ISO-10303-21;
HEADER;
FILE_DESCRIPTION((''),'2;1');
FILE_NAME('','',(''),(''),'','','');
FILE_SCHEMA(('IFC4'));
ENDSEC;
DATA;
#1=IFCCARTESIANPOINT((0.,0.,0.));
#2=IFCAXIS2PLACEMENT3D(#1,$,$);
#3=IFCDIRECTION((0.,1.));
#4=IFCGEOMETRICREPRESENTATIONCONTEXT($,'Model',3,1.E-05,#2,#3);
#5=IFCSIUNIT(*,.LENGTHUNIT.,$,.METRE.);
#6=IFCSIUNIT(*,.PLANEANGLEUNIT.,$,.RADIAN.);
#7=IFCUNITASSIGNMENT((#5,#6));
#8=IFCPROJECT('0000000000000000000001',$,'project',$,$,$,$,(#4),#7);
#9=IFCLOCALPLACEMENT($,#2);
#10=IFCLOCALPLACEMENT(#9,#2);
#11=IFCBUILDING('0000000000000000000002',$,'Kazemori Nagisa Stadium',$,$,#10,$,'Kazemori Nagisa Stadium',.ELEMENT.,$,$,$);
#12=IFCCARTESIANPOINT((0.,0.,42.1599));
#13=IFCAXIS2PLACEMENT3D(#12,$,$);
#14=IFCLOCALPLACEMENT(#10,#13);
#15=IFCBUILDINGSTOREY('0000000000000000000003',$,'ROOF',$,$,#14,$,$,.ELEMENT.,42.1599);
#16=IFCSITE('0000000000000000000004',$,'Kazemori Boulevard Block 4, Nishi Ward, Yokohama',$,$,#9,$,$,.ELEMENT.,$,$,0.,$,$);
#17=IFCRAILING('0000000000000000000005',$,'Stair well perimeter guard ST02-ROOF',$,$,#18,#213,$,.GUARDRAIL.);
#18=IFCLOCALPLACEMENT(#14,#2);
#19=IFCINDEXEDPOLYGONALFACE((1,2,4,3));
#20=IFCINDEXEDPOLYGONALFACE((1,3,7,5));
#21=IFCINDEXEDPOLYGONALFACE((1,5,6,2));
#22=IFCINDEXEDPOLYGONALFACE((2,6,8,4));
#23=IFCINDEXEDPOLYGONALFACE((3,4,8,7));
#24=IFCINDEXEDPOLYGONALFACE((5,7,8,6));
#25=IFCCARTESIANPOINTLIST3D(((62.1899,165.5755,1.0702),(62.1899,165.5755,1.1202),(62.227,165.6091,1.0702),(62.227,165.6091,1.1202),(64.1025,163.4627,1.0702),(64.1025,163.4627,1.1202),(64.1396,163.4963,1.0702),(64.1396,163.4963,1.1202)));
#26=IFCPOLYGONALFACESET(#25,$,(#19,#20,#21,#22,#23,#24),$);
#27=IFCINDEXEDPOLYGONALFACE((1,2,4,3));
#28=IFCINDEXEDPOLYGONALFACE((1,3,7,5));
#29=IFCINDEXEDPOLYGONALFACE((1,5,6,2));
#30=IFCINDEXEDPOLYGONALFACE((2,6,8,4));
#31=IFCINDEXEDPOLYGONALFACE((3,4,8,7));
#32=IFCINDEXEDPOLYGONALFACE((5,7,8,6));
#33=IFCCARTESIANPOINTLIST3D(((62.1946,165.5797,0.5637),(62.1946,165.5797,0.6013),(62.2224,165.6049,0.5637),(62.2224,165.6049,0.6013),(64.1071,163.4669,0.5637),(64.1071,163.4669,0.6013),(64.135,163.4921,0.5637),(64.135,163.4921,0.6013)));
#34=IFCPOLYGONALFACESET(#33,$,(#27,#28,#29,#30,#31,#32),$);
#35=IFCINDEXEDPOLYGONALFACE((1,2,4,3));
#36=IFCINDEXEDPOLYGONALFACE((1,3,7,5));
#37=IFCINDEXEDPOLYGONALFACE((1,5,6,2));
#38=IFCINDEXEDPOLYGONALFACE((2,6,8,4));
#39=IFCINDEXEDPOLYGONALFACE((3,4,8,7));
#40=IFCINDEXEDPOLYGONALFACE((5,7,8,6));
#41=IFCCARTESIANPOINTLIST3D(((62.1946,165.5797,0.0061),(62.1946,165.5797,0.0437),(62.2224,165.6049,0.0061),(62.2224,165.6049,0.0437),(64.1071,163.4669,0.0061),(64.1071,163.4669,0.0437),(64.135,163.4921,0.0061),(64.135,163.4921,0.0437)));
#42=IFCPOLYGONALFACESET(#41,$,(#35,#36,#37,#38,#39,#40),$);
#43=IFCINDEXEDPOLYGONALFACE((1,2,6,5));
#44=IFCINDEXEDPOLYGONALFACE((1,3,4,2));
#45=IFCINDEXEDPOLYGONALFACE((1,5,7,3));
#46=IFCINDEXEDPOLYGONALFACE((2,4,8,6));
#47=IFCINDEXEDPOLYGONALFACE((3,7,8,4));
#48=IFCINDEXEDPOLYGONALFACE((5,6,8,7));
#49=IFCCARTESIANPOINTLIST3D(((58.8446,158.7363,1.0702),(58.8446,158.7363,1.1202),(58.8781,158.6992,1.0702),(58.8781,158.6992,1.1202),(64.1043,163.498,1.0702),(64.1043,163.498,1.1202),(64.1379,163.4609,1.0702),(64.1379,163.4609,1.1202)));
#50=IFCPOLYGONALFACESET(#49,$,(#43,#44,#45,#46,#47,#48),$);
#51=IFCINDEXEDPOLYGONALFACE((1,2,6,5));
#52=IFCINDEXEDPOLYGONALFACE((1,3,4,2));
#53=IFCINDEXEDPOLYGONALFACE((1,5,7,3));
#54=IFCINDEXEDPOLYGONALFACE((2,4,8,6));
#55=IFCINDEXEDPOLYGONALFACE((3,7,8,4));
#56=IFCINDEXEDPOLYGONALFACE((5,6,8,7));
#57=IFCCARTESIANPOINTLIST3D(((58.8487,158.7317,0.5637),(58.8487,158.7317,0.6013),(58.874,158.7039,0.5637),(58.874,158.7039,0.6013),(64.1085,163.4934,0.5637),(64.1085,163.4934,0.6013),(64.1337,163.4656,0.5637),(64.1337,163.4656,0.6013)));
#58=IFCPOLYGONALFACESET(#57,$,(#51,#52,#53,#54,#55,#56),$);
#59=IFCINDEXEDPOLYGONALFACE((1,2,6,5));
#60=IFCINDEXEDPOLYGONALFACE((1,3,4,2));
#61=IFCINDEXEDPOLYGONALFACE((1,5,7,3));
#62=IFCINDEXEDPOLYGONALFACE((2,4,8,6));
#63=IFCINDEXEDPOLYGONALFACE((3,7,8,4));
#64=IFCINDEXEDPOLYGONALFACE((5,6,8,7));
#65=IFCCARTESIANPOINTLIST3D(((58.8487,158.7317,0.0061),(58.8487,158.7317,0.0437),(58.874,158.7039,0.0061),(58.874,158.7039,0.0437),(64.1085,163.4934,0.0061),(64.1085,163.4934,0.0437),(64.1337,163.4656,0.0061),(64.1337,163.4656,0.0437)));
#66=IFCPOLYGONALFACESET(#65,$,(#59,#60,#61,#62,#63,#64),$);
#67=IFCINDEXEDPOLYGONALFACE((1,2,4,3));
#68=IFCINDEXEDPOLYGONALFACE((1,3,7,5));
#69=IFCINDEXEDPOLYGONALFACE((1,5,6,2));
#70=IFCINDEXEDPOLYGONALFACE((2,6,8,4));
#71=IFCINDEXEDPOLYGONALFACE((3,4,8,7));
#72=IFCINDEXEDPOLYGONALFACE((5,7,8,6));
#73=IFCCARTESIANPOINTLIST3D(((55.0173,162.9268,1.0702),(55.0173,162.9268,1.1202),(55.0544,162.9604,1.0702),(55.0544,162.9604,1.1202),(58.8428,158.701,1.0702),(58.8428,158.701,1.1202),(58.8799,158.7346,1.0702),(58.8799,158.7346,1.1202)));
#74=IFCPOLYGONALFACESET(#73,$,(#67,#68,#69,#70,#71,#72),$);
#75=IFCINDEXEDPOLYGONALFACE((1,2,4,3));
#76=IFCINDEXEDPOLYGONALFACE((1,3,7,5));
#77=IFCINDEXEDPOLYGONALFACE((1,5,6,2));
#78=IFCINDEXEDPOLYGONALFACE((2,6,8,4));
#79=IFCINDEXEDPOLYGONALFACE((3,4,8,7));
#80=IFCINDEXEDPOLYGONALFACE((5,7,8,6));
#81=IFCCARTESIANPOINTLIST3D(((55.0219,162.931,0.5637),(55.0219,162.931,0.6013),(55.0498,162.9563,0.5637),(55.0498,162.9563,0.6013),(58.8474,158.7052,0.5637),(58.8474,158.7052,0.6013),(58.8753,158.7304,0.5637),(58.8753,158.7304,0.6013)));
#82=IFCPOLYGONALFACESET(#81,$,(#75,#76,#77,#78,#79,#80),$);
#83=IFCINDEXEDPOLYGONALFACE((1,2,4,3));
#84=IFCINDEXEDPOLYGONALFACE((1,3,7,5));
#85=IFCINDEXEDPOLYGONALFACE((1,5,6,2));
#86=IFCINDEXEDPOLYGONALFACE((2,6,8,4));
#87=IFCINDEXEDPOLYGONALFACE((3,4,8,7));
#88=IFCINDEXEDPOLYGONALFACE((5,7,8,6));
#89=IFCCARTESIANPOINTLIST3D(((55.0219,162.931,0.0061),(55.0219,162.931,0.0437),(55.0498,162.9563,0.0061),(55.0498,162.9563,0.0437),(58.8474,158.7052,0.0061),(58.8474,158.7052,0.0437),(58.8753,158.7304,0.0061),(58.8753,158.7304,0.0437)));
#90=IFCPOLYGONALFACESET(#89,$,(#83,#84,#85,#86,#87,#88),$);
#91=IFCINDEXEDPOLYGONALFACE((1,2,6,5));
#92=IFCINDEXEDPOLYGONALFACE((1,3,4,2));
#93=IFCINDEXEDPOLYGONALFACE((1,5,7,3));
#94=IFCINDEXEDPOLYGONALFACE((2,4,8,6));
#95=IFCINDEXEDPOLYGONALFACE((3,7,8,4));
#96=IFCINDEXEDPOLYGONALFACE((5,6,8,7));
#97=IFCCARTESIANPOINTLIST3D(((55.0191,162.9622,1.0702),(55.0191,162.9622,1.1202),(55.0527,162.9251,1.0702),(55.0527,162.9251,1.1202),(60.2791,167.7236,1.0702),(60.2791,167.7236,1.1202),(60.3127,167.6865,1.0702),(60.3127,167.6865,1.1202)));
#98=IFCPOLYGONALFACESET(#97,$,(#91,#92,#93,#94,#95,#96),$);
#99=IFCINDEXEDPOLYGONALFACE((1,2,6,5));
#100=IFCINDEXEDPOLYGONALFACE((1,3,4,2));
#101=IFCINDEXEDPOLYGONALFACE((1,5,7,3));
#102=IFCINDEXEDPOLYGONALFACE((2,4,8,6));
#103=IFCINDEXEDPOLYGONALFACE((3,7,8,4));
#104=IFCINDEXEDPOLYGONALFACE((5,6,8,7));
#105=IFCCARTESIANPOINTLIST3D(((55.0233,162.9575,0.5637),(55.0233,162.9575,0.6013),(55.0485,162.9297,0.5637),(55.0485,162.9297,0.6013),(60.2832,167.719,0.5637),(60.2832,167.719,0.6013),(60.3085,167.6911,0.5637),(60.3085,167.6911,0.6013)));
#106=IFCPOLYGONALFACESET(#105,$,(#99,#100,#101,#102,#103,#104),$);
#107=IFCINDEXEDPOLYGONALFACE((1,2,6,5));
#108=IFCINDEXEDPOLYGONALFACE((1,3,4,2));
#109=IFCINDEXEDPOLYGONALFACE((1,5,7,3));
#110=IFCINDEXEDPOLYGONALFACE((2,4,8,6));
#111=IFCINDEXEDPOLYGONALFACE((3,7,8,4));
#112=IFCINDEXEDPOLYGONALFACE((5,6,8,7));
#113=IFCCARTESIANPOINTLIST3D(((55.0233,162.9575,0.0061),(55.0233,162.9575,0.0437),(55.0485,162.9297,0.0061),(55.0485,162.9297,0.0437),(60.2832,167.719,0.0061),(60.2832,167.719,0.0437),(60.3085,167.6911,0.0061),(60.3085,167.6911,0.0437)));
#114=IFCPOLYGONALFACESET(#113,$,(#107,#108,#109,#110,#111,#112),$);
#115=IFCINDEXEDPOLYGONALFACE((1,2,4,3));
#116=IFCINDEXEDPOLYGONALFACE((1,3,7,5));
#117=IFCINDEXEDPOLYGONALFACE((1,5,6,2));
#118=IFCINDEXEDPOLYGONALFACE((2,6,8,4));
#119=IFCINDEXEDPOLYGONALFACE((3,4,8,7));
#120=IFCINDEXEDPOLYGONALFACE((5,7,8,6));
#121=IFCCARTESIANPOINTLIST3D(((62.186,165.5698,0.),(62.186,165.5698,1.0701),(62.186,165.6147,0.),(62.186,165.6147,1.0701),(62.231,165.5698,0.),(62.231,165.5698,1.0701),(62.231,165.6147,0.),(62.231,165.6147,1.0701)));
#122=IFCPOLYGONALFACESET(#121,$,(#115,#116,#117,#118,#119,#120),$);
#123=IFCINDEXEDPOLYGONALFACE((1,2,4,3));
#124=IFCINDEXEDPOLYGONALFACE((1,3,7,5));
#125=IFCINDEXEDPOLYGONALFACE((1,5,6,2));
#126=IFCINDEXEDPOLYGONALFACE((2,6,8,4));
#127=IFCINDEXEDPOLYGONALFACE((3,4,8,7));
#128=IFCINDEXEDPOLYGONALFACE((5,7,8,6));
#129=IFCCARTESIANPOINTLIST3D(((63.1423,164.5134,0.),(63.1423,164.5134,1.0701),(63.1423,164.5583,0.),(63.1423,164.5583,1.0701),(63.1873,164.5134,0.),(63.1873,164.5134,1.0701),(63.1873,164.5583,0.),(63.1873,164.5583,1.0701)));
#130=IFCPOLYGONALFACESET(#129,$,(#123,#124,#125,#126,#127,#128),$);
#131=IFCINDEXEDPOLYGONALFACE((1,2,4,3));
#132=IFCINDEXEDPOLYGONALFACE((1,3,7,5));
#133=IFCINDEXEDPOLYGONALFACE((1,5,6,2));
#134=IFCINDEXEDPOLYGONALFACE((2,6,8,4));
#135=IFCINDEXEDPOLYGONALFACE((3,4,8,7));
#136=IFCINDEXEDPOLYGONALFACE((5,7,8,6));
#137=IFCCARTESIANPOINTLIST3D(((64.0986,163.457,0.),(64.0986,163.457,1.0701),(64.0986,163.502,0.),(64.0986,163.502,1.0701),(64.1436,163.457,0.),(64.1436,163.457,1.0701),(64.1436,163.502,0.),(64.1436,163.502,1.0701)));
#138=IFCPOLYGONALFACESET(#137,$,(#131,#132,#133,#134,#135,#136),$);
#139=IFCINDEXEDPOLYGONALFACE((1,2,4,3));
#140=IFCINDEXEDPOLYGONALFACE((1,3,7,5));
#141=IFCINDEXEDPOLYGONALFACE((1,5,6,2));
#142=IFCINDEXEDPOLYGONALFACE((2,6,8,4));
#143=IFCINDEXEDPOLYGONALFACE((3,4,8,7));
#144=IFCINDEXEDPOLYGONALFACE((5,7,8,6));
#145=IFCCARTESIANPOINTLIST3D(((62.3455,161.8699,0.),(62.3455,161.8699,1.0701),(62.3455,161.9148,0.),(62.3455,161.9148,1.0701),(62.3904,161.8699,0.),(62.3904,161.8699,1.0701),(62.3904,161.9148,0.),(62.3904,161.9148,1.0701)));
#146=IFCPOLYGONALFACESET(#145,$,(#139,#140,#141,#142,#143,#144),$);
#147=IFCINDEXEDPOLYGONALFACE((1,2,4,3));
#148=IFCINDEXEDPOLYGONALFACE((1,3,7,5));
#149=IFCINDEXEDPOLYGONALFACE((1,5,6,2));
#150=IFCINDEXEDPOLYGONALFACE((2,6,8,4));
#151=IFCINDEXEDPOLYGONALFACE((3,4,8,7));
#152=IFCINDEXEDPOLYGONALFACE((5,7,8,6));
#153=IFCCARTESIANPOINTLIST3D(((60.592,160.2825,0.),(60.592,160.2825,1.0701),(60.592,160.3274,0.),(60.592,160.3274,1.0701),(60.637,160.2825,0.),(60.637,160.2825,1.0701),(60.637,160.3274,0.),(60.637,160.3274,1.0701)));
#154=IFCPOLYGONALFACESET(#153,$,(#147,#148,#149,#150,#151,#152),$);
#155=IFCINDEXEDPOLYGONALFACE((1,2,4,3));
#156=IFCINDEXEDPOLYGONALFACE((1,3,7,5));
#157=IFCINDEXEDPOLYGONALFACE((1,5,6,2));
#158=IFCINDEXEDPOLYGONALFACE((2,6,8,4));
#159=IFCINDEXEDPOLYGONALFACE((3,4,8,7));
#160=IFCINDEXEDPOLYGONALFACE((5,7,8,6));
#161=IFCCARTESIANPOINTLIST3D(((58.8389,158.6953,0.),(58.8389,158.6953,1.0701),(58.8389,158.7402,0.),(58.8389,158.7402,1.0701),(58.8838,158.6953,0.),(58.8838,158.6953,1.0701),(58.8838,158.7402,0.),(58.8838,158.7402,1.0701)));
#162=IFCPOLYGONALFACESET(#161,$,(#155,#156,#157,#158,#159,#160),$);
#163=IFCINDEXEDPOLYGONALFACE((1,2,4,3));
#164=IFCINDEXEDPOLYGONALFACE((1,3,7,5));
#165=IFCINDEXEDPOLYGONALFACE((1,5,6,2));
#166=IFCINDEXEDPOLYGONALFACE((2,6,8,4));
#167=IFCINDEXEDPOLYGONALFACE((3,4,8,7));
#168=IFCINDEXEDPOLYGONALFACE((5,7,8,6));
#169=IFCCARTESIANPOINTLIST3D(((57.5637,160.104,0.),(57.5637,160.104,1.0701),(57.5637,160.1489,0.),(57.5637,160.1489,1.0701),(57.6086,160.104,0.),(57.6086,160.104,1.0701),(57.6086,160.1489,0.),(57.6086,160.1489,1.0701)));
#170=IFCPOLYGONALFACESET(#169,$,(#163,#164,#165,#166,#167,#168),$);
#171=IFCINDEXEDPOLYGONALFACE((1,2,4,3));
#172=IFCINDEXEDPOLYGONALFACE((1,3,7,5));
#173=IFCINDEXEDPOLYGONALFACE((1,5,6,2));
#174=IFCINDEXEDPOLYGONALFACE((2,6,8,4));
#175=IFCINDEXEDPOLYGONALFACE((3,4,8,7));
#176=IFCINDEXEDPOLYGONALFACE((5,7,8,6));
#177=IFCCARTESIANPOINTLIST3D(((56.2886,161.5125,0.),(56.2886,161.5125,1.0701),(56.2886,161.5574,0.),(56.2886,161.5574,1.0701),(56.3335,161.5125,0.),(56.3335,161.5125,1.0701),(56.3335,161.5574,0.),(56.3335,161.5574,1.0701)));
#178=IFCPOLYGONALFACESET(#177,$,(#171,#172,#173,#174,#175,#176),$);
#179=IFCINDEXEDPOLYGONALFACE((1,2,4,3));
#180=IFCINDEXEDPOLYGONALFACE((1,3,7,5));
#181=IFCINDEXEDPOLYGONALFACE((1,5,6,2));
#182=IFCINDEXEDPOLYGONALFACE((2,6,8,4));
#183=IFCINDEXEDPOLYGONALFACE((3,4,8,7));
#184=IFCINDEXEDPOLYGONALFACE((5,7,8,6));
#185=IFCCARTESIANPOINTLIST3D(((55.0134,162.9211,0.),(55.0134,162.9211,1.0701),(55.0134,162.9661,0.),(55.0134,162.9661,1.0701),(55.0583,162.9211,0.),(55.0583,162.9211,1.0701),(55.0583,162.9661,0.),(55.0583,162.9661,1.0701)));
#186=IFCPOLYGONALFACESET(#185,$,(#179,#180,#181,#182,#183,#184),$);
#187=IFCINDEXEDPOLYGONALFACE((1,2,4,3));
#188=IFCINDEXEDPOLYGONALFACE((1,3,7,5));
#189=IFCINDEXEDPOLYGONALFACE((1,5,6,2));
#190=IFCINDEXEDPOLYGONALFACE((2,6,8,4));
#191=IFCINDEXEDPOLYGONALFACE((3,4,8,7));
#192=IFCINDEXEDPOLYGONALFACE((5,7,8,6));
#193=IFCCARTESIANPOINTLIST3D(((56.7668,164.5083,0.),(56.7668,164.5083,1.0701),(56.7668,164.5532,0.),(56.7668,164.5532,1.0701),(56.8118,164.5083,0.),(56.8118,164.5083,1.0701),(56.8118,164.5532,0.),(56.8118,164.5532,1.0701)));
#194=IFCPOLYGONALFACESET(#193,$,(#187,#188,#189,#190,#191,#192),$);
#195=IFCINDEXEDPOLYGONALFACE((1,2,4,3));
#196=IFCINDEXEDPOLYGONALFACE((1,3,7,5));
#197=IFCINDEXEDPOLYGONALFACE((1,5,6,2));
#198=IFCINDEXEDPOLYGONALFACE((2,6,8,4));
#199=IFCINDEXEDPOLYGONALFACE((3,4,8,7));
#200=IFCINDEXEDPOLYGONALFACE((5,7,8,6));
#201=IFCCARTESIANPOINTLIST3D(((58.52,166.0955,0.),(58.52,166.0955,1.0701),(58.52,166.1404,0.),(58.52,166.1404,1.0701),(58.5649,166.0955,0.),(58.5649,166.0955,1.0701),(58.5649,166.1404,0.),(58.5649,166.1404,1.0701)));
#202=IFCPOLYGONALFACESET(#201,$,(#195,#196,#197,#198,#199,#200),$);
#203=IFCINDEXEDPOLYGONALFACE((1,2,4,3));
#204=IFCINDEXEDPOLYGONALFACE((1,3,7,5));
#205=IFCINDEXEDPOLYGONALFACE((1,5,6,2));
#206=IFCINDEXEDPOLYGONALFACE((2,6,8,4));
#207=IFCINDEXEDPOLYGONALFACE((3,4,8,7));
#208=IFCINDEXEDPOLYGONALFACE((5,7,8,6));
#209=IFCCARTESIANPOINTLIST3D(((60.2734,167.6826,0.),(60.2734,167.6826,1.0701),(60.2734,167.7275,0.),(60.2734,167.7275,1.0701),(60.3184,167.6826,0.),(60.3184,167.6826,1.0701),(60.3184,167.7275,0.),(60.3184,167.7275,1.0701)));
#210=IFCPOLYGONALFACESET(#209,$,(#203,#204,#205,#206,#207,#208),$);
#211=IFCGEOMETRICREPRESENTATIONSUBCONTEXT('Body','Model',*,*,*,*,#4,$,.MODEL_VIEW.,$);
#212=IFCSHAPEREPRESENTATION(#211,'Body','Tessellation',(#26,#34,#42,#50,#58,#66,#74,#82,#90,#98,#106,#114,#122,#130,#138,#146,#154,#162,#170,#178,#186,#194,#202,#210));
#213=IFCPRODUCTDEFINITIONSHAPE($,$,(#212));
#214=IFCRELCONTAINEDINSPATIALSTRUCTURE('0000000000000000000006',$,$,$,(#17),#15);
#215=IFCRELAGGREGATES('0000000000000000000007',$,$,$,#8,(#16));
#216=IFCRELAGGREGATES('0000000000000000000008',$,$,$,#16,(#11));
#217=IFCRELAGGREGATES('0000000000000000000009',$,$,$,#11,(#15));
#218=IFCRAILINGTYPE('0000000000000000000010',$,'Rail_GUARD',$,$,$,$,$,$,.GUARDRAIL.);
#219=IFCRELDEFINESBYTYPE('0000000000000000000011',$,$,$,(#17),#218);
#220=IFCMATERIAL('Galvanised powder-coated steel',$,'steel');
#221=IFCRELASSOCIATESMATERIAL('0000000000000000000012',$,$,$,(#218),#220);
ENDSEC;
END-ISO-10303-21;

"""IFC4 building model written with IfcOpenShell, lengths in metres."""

from ifc_helpers import new_model, si_unit, direction, frame, origin, origin_2d, place, context, subcontext, project, spatial, rectangle, extrude, material, type_object, element, save


model = new_model("IFC4")

# Units and contexts
model_context = context("Model", 3, precision=1e-05, world=origin(), true_north=direction((0.0, 1.0)))
body_context = subcontext(model_context, "Body", "Model", "MODEL_VIEW")
ifc_project = project(units=[si_unit("LENGTHUNIT", "METRE"), si_unit("PLANEANGLEUNIT", "RADIAN")], contexts=[model_context])

# Site, building, storey
site_placement = place(None, origin())
site = spatial("IfcSite", under=ifc_project, at=site_placement, Name="Kazemori Boulevard Block 4, Nishi Ward, Yokohama", CompositionType="ELEMENT", RefElevation=0.0)
building_placement = place(site_placement, origin())
building = spatial("IfcBuilding", under=site, at=building_placement, Name="Kazemori Nagisa Stadium", LongName="Kazemori Nagisa Stadium", CompositionType="ELEMENT")
storey_placement = place(building_placement, frame((0.0, 0.0, 42.1599)))
storey = spatial("IfcBuildingStorey", under=building, at=storey_placement, Name="ROOF", CompositionType="ELEMENT", Elevation=42.1599)

# Railing
ifc_material_1 = material(Name="Galvanised powder-coated steel", Category="steel")
railing_type = type_object("IfcRailingType", Name="Rail_GUARD", PredefinedType="GUARDRAIL", material=ifc_material_1)
railing_1_placement = place(storey_placement, frame((62.2085, 165.5923, 0.0)))
element("IfcRailing", 1, at=railing_1_placement, inside=storey, type_object=railing_type, Name="Stair well perimeter guard ST02-ROOF", PredefinedType="GUARDRAIL", context=body_context, shape_type="SweptSolid", body=[
    extrude(rectangle(XDim=0.05, YDim=0.05, at=origin_2d()), frame((0.0, 0.0, 1.0952), z_axis=(0.671111, -0.741357, 0.0), x_axis=(0.741357, 0.671111, 0.0)), (0.0, 0.0, 1.0), 2.8499),
    extrude(rectangle(XDim=0.0376, YDim=0.0376, at=origin_2d()), frame((0.0, 0.0, 0.5825), z_axis=(0.671111, -0.741357, 0.0), x_axis=(0.741357, 0.671111, 0.0)), (0.0, 0.0, 1.0), 2.8499),
    extrude(rectangle(XDim=0.0376, YDim=0.0376, at=origin_2d()), frame((0.0, 0.0, 0.0249), z_axis=(0.671111, -0.741357, 0.0), x_axis=(0.741357, 0.671111, 0.0)), (0.0, 0.0, 1.0), 2.8499),
    extrude(rectangle(XDim=0.05, YDim=0.05, at=origin_2d()), frame((1.9126, -2.1128, 1.0952), z_axis=(-0.741334, -0.671137, 0.0), x_axis=(0.671137, -0.741334, 0.0)), (0.0, 0.0, 1.0), 7.095),
    extrude(rectangle(XDim=0.0376, YDim=0.0376, at=origin_2d()), frame((1.9126, -2.1128, 0.5825), z_axis=(-0.741334, -0.671137, 0.0), x_axis=(0.671137, -0.741334, 0.0)), (0.0, 0.0, 1.0), 7.095),
    extrude(rectangle(XDim=0.0376, YDim=0.0376, at=origin_2d()), frame((1.9126, -2.1128, 0.0249), z_axis=(-0.741334, -0.671137, 0.0), x_axis=(0.671137, -0.741334, 0.0)), (0.0, 0.0, 1.0), 7.095),
    extrude(rectangle(XDim=0.05, YDim=0.05, at=origin_2d()), frame((-3.3472, -6.8745, 1.0952), z_axis=(-0.671113, 0.741355, 0.0), x_axis=(-0.741355, -0.671113, 0.0)), (0.0, 0.0, 1.0), 5.7002),
    extrude(rectangle(XDim=0.0376, YDim=0.0376, at=origin_2d()), frame((-3.3472, -6.8745, 0.5825), z_axis=(-0.671113, 0.741355, 0.0), x_axis=(-0.741355, -0.671113, 0.0)), (0.0, 0.0, 1.0), 5.7002),
    extrude(rectangle(XDim=0.0376, YDim=0.0376, at=origin_2d()), frame((-3.3472, -6.8745, 0.0249), z_axis=(-0.671113, 0.741355, 0.0), x_axis=(-0.741355, -0.671113, 0.0)), (0.0, 0.0, 1.0), 5.7002),
    extrude(rectangle(XDim=0.05, YDim=0.05, at=origin_2d()), frame((-7.1726, -2.6487, 1.0952), z_axis=(0.741366, 0.671101, 0.0), x_axis=(-0.671101, 0.741366, 0.0)), (0.0, 0.0, 1.0), 7.095),
    extrude(rectangle(XDim=0.0376, YDim=0.0376, at=origin_2d()), frame((-7.1726, -2.6487, 0.5825), z_axis=(0.741366, 0.671101, 0.0), x_axis=(-0.671101, 0.741366, 0.0)), (0.0, 0.0, 1.0), 7.095),
    extrude(rectangle(XDim=0.0376, YDim=0.0376, at=origin_2d()), frame((-7.1726, -2.6487, 0.0249), z_axis=(0.741366, 0.671101, 0.0), x_axis=(-0.671101, 0.741366, 0.0)), (0.0, 0.0, 1.0), 7.095),
    extrude(rectangle(XDim=0.0449, YDim=0.0449, at=origin_2d()), origin(), (0.0, 0.0, 1.0), 1.0701),
    extrude(rectangle(XDim=0.0449, YDim=0.0449, at=origin_2d()), frame((0.9563, -1.0564, 0.0)), (0.0, 0.0, 1.0), 1.0701),
    extrude(rectangle(XDim=0.0449, YDim=0.0449, at=origin_2d()), frame((1.9126, -2.1128, 0.0)), (0.0, 0.0, 1.0), 1.0701),
    extrude(rectangle(XDim=0.0449, YDim=0.0449, at=origin_2d()), frame((0.1594, -3.7, 0.0)), (0.0, 0.0, 1.0), 1.0701),
    extrude(rectangle(XDim=0.0449, YDim=0.0449, at=origin_2d()), frame((-1.594, -5.2874, 0.0)), (0.0, 0.0, 1.0), 1.0701),
    extrude(rectangle(XDim=0.0449, YDim=0.0449, at=origin_2d()), frame((-3.3472, -6.8745, 0.0)), (0.0, 0.0, 1.0), 1.0701),
    extrude(rectangle(XDim=0.0449, YDim=0.0449, at=origin_2d()), frame((-4.6223, -5.4658, 0.0)), (0.0, 0.0, 1.0), 1.0701),
    extrude(rectangle(XDim=0.0449, YDim=0.0449, at=origin_2d()), frame((-5.8975, -4.0574, 0.0)), (0.0, 0.0, 1.0), 1.0701),
    extrude(rectangle(XDim=0.0449, YDim=0.0449, at=origin_2d()), frame((-7.1726, -2.6487, 0.0)), (0.0, 0.0, 1.0), 1.0701),
    extrude(rectangle(XDim=0.0449, YDim=0.0449, at=origin_2d()), frame((-5.4192, -1.0615, 0.0)), (0.0, 0.0, 1.0), 1.0701),
    extrude(rectangle(XDim=0.0449, YDim=0.0449, at=origin_2d()), frame((-3.666, 0.5256, 0.0)), (0.0, 0.0, 1.0), 1.0701),
    extrude(rectangle(XDim=0.0449, YDim=0.0449, at=origin_2d()), frame((-1.9126, 2.1128, 0.0)), (0.0, 0.0, 1.0), 1.0701),
])

save(model, "model.ifc")
